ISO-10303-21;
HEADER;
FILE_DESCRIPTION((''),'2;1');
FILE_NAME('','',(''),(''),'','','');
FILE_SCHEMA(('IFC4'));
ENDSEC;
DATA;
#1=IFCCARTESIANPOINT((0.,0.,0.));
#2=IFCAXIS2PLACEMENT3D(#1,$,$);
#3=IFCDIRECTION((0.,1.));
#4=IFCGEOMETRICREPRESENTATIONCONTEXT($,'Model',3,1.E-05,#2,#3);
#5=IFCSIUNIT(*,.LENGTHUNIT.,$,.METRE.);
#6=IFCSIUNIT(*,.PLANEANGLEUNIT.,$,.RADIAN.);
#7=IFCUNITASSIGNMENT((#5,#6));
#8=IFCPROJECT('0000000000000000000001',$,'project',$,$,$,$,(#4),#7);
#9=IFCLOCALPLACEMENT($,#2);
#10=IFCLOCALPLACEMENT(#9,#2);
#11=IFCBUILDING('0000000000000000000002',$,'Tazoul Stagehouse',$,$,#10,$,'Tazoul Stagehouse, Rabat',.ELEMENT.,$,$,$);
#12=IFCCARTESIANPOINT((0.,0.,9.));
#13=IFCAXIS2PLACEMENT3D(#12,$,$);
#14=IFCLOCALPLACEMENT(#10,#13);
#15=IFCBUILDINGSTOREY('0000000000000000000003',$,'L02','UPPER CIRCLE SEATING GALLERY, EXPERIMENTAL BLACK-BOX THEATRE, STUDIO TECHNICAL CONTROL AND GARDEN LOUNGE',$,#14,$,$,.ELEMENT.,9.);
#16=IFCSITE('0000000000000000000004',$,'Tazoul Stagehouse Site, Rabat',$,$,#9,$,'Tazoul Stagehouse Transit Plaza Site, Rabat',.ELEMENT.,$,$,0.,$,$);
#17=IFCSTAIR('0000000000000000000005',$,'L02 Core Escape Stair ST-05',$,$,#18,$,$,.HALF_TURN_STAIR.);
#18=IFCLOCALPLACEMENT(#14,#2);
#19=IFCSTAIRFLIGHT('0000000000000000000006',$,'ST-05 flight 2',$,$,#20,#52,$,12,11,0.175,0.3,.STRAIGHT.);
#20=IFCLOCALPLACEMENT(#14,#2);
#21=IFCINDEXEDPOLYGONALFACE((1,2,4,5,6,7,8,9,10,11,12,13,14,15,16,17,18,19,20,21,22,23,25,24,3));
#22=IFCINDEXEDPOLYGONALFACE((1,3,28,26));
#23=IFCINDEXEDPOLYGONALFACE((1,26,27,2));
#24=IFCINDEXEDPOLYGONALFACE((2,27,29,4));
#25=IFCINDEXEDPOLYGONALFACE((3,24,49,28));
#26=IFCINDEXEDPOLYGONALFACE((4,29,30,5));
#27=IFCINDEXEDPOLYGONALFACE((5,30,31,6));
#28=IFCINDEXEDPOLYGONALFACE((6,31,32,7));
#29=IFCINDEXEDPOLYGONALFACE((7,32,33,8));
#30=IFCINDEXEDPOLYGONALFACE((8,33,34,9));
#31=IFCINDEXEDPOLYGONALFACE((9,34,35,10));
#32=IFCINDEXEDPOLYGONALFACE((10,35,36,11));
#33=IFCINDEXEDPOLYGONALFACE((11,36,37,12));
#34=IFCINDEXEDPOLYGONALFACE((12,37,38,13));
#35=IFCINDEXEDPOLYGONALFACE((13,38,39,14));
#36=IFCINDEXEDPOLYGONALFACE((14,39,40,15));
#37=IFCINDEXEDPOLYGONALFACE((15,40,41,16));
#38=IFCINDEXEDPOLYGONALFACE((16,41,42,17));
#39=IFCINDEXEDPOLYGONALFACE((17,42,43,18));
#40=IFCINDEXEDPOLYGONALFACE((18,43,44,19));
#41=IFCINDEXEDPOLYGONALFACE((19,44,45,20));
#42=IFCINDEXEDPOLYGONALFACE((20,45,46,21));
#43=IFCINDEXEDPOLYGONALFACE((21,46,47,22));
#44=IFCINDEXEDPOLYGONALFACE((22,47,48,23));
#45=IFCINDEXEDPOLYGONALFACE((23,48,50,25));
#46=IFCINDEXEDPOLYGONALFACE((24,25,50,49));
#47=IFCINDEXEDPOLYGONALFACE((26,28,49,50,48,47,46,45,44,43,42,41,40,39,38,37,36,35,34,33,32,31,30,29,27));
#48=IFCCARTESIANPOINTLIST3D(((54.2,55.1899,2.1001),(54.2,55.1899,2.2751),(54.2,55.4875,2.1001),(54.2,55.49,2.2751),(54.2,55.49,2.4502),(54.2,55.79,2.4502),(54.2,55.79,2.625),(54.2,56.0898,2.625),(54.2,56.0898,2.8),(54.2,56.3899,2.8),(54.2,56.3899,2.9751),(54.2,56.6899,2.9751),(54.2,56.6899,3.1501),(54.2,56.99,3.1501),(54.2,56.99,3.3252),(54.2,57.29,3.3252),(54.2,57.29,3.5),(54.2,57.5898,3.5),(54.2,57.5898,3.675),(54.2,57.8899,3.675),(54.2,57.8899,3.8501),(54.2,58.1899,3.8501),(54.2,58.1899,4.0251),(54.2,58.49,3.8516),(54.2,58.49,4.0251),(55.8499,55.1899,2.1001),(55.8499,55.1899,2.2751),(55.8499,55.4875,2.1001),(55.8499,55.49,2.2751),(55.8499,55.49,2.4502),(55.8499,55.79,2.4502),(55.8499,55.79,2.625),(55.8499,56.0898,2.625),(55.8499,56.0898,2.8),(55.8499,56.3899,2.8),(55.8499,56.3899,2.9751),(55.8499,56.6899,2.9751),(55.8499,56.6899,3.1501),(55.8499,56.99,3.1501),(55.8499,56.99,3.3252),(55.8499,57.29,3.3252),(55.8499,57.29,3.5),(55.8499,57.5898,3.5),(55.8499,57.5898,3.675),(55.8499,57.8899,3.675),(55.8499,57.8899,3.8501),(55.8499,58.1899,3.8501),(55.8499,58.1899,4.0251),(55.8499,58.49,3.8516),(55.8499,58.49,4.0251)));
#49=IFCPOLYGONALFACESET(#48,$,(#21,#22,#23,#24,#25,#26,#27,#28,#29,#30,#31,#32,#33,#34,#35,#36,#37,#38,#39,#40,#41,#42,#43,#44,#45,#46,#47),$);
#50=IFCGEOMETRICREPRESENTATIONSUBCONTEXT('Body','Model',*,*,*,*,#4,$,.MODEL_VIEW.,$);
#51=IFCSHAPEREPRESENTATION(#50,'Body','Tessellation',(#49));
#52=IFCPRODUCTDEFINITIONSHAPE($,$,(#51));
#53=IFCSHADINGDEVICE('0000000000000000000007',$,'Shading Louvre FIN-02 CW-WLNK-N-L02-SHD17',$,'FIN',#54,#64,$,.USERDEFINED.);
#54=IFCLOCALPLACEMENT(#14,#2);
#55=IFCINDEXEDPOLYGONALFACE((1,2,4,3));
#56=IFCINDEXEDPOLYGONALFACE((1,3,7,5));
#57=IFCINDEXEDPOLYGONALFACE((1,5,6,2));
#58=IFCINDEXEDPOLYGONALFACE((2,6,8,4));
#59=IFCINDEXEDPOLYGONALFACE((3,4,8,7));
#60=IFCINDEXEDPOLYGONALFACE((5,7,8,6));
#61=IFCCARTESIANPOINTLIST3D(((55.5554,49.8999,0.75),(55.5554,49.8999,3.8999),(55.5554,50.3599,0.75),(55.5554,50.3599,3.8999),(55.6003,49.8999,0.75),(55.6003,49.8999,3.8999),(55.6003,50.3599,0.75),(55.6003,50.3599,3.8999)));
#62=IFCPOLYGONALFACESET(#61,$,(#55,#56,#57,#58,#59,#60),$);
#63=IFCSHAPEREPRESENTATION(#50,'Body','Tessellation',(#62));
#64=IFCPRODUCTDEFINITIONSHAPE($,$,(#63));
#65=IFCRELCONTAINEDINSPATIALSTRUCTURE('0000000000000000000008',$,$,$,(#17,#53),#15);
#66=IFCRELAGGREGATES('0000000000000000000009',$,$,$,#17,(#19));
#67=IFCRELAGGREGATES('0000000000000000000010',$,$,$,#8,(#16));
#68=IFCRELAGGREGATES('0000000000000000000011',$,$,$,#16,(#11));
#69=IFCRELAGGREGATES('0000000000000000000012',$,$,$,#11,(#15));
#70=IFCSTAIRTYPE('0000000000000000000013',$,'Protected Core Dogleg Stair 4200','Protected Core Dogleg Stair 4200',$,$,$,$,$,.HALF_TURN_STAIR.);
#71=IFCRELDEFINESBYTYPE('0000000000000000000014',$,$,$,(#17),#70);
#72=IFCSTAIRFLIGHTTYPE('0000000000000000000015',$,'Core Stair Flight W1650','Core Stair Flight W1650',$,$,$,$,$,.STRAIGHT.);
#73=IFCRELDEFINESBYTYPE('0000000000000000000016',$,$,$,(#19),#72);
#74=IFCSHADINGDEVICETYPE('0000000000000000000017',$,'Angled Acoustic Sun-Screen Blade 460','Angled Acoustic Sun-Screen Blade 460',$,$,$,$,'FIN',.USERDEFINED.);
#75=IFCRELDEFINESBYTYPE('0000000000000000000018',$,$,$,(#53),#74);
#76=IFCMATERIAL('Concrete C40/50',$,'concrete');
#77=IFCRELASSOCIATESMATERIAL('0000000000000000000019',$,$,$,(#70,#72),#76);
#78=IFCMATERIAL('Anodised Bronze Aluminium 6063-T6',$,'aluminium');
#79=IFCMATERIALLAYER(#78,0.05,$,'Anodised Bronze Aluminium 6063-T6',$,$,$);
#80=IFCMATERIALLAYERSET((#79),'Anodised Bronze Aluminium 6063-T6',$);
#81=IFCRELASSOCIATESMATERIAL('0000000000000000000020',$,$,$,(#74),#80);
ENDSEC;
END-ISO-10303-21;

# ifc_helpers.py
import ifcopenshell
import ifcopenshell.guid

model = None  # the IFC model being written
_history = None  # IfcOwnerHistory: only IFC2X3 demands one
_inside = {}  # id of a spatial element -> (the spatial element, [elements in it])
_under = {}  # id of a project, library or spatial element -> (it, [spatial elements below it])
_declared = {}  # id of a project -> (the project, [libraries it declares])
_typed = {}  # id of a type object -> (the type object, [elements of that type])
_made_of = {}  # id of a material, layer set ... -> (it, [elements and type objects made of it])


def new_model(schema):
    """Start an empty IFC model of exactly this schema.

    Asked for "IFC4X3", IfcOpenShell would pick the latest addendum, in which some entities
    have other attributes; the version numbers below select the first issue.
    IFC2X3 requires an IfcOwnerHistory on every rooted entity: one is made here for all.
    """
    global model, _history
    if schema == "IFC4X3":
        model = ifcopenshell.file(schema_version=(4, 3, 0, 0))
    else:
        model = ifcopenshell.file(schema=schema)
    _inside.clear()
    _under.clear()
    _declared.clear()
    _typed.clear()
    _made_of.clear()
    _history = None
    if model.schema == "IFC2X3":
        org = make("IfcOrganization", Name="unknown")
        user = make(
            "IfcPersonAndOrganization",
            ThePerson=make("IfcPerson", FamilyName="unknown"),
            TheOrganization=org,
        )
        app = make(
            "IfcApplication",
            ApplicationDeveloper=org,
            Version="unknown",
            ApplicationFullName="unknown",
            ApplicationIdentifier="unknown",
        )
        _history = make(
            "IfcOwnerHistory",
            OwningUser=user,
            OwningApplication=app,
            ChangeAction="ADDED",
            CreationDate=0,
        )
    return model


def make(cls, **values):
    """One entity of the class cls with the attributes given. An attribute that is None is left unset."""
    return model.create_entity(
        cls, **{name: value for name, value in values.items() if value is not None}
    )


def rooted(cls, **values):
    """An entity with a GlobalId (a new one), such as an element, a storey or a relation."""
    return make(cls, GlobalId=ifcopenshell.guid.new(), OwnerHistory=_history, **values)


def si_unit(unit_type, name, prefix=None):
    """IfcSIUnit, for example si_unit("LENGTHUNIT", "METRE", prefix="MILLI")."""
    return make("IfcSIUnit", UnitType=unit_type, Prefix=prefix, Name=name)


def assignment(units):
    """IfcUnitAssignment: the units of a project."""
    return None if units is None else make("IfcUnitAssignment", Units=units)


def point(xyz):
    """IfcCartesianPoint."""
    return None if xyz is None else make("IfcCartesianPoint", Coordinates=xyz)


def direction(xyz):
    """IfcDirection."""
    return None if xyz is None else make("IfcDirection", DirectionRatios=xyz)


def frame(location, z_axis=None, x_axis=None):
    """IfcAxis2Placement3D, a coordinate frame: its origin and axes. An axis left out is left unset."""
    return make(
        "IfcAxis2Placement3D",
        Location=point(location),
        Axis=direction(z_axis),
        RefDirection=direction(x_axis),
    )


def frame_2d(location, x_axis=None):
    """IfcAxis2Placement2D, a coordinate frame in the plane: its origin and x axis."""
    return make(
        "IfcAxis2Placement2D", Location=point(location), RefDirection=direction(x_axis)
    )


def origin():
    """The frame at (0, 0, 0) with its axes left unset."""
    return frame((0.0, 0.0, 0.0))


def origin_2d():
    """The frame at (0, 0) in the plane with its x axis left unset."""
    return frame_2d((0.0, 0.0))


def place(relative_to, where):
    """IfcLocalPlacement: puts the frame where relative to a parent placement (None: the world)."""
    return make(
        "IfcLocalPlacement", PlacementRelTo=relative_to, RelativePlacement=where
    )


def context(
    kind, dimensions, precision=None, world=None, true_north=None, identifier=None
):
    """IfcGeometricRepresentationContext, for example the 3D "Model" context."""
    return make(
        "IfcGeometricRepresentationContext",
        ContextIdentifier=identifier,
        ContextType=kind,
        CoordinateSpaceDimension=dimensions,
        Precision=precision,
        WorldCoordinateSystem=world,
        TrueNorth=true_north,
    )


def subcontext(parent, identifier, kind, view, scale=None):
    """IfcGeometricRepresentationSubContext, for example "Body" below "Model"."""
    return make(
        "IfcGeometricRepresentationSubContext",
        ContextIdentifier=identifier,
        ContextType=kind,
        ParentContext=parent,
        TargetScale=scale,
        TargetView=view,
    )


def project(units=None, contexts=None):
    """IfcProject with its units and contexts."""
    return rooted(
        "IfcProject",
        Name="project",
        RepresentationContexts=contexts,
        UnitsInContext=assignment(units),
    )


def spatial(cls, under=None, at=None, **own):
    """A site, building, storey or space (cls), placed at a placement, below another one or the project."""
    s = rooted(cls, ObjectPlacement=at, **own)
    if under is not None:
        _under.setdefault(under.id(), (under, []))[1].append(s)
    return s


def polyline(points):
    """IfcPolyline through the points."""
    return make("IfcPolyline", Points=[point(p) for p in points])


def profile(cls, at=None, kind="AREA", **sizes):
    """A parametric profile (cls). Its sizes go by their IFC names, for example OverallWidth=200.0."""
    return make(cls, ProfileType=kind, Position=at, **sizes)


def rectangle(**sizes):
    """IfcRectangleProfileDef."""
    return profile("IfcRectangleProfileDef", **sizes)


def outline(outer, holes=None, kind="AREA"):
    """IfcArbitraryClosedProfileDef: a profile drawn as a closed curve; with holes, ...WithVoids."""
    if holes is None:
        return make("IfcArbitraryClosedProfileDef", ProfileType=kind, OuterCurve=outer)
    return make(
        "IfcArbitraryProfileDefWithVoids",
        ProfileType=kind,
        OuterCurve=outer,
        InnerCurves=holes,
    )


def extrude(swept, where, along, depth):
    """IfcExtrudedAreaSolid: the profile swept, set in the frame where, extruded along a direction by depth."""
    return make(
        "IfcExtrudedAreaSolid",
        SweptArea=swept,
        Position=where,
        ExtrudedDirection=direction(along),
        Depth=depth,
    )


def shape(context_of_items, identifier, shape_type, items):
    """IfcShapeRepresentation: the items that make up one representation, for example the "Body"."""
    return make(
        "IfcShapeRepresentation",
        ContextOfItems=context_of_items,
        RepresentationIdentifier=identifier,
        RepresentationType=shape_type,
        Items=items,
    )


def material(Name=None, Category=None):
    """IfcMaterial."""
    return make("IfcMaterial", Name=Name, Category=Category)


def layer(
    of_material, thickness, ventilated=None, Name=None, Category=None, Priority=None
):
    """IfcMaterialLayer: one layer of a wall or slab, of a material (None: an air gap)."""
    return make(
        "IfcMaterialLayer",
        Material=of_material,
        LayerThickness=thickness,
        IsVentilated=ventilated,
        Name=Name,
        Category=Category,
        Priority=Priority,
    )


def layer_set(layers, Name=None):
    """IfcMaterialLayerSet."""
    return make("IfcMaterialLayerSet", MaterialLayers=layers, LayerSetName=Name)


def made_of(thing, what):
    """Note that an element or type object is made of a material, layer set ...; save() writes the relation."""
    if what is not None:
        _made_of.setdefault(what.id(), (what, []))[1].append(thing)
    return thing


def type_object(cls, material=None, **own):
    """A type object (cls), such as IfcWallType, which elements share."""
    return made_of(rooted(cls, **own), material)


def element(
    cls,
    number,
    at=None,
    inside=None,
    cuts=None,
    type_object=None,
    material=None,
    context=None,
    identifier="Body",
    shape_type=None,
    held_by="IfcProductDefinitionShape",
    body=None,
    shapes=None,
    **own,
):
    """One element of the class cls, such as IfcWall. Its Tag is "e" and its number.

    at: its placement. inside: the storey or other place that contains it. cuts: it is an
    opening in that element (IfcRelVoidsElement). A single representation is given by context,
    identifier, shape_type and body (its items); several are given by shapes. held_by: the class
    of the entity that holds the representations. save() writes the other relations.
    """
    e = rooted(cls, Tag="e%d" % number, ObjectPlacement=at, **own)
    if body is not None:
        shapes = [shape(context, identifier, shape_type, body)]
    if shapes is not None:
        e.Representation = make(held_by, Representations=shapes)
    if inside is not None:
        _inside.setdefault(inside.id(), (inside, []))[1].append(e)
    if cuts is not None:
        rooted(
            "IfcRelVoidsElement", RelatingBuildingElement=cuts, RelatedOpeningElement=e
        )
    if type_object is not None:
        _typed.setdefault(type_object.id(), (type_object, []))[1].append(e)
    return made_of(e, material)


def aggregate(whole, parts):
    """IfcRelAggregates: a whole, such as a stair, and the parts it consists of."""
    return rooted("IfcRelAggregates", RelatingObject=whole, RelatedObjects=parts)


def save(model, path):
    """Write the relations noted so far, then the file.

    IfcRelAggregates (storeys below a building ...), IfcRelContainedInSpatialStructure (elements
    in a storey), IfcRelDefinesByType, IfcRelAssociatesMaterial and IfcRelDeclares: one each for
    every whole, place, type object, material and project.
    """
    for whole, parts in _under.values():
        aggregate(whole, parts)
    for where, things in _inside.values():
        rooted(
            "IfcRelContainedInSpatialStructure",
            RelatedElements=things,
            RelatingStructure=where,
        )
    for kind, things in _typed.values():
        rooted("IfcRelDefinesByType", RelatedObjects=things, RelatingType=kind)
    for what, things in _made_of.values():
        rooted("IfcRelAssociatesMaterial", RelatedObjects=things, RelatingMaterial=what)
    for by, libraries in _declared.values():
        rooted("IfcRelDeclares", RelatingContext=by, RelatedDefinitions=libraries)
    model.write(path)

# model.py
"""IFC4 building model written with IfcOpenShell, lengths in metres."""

from ifc_helpers import new_model, si_unit, direction, frame, origin, origin_2d, place, context, subcontext, project, spatial, polyline, rectangle, outline, extrude, material, layer, layer_set, type_object, element, aggregate, save


model = new_model("IFC4")

# Units and contexts
model_context = context("Model", 3, precision=1e-05, world=origin(), true_north=direction((0.0, 1.0)))
body_context = subcontext(model_context, "Body", "Model", "MODEL_VIEW")
ifc_project = project(units=[si_unit("LENGTHUNIT", "METRE"), si_unit("PLANEANGLEUNIT", "RADIAN")], contexts=[model_context])

# Site, building, storey
site_placement = place(None, origin())
site = spatial("IfcSite", under=ifc_project, at=site_placement, Name="Tazoul Stagehouse Site, Rabat", LongName="Tazoul Stagehouse Transit Plaza Site, Rabat", CompositionType="ELEMENT", RefElevation=0.0)
building_placement = place(site_placement, origin())
building = spatial("IfcBuilding", under=site, at=building_placement, Name="Tazoul Stagehouse", LongName="Tazoul Stagehouse, Rabat", CompositionType="ELEMENT")
storey_placement = place(building_placement, frame((0.0, 0.0, 9.0)))
storey = spatial("IfcBuildingStorey", under=building, at=storey_placement, Name="L02", Description="UPPER CIRCLE SEATING GALLERY, EXPERIMENTAL BLACK-BOX THEATRE, STUDIO TECHNICAL CONTROL AND GARDEN LOUNGE", CompositionType="ELEMENT", Elevation=9.0)

# Shared definitions
ifc_material_1 = material(Name="Concrete C40/50", Category="concrete")

# Stair, stair flight
stair_type = type_object("IfcStairType", Name="Protected Core Dogleg Stair 4200", Description="Protected Core Dogleg Stair 4200", PredefinedType="HALF_TURN_STAIR", material=ifc_material_1)
stair_placement = place(storey_placement, origin())
stair = element("IfcStair", 1, at=stair_placement, inside=storey, type_object=stair_type, Name="L02 Core Escape Stair ST-05", PredefinedType="HALF_TURN_STAIR")
stair_flight_type = type_object("IfcStairFlightType", Name="Core Stair Flight W1650", Description="Core Stair Flight W1650", PredefinedType="STRAIGHT", material=ifc_material_1)
stair_flight_1_placement = place(storey_placement, frame((55.0249, 55.1899, 2.1001), z_axis=(0.0, 0.0, 1.0), x_axis=(0.0, 1.0, 0.0)))
stair_flight_1 = element("IfcStairFlight", 2, at=stair_flight_1_placement, type_object=stair_flight_type, Name="ST-05 flight 2", NumberOfRisers=12, NumberOfTreads=11, PredefinedType="STRAIGHT", RiserHeight=0.175, TreadLength=0.3, context=body_context, shape_type="SweptSolid", body=[
    extrude(outline(polyline([(0.0, 0.0), (0.0, 0.175), (0.3, 0.175), (0.3, 0.3501), (0.6001, 0.3501), (0.6001, 0.5249), (0.8999, 0.5249), (0.8999, 0.7), (1.2, 0.7), (1.2, 0.875), (1.5, 0.875), (1.5, 1.05), (1.8, 1.05), (1.8, 1.2251), (2.1001, 1.2251), (2.1001, 1.3999), (2.3999, 1.3999), (2.3999, 1.575), (2.7, 1.575), (2.7, 1.75), (3.0, 1.75), (3.0, 1.925), (3.3, 1.925), (3.3, 2.1001), (3.3, 1.7515), (0.2976, 0.0), (0.0, 0.0)])), frame((0.0, 0.825, 0.0), z_axis=(0.0, -1.0, 0.0), x_axis=(1.0, 0.0, 0.0)), (0.0, 0.0, 1.0), 1.6499),
])
aggregate(stair, [stair_flight_1])

# Shading device
ifc_material_2 = material(Name="Anodised Bronze Aluminium 6063-T6", Category="aluminium")
ifc_layer_1 = layer(ifc_material_2, 0.05, Name="Anodised Bronze Aluminium 6063-T6")
ifc_layer_set_1 = layer_set([ifc_layer_1], Name="Anodised Bronze Aluminium 6063-T6")
shading_device_type_1 = type_object("IfcShadingDeviceType", Name="Angled Acoustic Sun-Screen Blade 460", Description="Angled Acoustic Sun-Screen Blade 460", ElementType="FIN", PredefinedType="USERDEFINED", material=ifc_layer_set_1)
shading_device_1_placement = place(storey_placement, frame((55.5779, 50.1299, 0.75), z_axis=(0.0, 0.0, 1.0), x_axis=(1.0, 0.0, 0.0)))
element("IfcShadingDevice", 3, at=shading_device_1_placement, inside=storey, type_object=shading_device_type_1, Name="Shading Louvre FIN-02 CW-WLNK-N-L02-SHD17", ObjectType="FIN", PredefinedType="USERDEFINED", context=body_context, shape_type="SweptSolid", body=[
    extrude(rectangle(XDim=0.0449, YDim=0.46, at=origin_2d()), origin(), (0.0, 0.0, 1.0), 3.1499),
])

save(model, "model.ifc")
